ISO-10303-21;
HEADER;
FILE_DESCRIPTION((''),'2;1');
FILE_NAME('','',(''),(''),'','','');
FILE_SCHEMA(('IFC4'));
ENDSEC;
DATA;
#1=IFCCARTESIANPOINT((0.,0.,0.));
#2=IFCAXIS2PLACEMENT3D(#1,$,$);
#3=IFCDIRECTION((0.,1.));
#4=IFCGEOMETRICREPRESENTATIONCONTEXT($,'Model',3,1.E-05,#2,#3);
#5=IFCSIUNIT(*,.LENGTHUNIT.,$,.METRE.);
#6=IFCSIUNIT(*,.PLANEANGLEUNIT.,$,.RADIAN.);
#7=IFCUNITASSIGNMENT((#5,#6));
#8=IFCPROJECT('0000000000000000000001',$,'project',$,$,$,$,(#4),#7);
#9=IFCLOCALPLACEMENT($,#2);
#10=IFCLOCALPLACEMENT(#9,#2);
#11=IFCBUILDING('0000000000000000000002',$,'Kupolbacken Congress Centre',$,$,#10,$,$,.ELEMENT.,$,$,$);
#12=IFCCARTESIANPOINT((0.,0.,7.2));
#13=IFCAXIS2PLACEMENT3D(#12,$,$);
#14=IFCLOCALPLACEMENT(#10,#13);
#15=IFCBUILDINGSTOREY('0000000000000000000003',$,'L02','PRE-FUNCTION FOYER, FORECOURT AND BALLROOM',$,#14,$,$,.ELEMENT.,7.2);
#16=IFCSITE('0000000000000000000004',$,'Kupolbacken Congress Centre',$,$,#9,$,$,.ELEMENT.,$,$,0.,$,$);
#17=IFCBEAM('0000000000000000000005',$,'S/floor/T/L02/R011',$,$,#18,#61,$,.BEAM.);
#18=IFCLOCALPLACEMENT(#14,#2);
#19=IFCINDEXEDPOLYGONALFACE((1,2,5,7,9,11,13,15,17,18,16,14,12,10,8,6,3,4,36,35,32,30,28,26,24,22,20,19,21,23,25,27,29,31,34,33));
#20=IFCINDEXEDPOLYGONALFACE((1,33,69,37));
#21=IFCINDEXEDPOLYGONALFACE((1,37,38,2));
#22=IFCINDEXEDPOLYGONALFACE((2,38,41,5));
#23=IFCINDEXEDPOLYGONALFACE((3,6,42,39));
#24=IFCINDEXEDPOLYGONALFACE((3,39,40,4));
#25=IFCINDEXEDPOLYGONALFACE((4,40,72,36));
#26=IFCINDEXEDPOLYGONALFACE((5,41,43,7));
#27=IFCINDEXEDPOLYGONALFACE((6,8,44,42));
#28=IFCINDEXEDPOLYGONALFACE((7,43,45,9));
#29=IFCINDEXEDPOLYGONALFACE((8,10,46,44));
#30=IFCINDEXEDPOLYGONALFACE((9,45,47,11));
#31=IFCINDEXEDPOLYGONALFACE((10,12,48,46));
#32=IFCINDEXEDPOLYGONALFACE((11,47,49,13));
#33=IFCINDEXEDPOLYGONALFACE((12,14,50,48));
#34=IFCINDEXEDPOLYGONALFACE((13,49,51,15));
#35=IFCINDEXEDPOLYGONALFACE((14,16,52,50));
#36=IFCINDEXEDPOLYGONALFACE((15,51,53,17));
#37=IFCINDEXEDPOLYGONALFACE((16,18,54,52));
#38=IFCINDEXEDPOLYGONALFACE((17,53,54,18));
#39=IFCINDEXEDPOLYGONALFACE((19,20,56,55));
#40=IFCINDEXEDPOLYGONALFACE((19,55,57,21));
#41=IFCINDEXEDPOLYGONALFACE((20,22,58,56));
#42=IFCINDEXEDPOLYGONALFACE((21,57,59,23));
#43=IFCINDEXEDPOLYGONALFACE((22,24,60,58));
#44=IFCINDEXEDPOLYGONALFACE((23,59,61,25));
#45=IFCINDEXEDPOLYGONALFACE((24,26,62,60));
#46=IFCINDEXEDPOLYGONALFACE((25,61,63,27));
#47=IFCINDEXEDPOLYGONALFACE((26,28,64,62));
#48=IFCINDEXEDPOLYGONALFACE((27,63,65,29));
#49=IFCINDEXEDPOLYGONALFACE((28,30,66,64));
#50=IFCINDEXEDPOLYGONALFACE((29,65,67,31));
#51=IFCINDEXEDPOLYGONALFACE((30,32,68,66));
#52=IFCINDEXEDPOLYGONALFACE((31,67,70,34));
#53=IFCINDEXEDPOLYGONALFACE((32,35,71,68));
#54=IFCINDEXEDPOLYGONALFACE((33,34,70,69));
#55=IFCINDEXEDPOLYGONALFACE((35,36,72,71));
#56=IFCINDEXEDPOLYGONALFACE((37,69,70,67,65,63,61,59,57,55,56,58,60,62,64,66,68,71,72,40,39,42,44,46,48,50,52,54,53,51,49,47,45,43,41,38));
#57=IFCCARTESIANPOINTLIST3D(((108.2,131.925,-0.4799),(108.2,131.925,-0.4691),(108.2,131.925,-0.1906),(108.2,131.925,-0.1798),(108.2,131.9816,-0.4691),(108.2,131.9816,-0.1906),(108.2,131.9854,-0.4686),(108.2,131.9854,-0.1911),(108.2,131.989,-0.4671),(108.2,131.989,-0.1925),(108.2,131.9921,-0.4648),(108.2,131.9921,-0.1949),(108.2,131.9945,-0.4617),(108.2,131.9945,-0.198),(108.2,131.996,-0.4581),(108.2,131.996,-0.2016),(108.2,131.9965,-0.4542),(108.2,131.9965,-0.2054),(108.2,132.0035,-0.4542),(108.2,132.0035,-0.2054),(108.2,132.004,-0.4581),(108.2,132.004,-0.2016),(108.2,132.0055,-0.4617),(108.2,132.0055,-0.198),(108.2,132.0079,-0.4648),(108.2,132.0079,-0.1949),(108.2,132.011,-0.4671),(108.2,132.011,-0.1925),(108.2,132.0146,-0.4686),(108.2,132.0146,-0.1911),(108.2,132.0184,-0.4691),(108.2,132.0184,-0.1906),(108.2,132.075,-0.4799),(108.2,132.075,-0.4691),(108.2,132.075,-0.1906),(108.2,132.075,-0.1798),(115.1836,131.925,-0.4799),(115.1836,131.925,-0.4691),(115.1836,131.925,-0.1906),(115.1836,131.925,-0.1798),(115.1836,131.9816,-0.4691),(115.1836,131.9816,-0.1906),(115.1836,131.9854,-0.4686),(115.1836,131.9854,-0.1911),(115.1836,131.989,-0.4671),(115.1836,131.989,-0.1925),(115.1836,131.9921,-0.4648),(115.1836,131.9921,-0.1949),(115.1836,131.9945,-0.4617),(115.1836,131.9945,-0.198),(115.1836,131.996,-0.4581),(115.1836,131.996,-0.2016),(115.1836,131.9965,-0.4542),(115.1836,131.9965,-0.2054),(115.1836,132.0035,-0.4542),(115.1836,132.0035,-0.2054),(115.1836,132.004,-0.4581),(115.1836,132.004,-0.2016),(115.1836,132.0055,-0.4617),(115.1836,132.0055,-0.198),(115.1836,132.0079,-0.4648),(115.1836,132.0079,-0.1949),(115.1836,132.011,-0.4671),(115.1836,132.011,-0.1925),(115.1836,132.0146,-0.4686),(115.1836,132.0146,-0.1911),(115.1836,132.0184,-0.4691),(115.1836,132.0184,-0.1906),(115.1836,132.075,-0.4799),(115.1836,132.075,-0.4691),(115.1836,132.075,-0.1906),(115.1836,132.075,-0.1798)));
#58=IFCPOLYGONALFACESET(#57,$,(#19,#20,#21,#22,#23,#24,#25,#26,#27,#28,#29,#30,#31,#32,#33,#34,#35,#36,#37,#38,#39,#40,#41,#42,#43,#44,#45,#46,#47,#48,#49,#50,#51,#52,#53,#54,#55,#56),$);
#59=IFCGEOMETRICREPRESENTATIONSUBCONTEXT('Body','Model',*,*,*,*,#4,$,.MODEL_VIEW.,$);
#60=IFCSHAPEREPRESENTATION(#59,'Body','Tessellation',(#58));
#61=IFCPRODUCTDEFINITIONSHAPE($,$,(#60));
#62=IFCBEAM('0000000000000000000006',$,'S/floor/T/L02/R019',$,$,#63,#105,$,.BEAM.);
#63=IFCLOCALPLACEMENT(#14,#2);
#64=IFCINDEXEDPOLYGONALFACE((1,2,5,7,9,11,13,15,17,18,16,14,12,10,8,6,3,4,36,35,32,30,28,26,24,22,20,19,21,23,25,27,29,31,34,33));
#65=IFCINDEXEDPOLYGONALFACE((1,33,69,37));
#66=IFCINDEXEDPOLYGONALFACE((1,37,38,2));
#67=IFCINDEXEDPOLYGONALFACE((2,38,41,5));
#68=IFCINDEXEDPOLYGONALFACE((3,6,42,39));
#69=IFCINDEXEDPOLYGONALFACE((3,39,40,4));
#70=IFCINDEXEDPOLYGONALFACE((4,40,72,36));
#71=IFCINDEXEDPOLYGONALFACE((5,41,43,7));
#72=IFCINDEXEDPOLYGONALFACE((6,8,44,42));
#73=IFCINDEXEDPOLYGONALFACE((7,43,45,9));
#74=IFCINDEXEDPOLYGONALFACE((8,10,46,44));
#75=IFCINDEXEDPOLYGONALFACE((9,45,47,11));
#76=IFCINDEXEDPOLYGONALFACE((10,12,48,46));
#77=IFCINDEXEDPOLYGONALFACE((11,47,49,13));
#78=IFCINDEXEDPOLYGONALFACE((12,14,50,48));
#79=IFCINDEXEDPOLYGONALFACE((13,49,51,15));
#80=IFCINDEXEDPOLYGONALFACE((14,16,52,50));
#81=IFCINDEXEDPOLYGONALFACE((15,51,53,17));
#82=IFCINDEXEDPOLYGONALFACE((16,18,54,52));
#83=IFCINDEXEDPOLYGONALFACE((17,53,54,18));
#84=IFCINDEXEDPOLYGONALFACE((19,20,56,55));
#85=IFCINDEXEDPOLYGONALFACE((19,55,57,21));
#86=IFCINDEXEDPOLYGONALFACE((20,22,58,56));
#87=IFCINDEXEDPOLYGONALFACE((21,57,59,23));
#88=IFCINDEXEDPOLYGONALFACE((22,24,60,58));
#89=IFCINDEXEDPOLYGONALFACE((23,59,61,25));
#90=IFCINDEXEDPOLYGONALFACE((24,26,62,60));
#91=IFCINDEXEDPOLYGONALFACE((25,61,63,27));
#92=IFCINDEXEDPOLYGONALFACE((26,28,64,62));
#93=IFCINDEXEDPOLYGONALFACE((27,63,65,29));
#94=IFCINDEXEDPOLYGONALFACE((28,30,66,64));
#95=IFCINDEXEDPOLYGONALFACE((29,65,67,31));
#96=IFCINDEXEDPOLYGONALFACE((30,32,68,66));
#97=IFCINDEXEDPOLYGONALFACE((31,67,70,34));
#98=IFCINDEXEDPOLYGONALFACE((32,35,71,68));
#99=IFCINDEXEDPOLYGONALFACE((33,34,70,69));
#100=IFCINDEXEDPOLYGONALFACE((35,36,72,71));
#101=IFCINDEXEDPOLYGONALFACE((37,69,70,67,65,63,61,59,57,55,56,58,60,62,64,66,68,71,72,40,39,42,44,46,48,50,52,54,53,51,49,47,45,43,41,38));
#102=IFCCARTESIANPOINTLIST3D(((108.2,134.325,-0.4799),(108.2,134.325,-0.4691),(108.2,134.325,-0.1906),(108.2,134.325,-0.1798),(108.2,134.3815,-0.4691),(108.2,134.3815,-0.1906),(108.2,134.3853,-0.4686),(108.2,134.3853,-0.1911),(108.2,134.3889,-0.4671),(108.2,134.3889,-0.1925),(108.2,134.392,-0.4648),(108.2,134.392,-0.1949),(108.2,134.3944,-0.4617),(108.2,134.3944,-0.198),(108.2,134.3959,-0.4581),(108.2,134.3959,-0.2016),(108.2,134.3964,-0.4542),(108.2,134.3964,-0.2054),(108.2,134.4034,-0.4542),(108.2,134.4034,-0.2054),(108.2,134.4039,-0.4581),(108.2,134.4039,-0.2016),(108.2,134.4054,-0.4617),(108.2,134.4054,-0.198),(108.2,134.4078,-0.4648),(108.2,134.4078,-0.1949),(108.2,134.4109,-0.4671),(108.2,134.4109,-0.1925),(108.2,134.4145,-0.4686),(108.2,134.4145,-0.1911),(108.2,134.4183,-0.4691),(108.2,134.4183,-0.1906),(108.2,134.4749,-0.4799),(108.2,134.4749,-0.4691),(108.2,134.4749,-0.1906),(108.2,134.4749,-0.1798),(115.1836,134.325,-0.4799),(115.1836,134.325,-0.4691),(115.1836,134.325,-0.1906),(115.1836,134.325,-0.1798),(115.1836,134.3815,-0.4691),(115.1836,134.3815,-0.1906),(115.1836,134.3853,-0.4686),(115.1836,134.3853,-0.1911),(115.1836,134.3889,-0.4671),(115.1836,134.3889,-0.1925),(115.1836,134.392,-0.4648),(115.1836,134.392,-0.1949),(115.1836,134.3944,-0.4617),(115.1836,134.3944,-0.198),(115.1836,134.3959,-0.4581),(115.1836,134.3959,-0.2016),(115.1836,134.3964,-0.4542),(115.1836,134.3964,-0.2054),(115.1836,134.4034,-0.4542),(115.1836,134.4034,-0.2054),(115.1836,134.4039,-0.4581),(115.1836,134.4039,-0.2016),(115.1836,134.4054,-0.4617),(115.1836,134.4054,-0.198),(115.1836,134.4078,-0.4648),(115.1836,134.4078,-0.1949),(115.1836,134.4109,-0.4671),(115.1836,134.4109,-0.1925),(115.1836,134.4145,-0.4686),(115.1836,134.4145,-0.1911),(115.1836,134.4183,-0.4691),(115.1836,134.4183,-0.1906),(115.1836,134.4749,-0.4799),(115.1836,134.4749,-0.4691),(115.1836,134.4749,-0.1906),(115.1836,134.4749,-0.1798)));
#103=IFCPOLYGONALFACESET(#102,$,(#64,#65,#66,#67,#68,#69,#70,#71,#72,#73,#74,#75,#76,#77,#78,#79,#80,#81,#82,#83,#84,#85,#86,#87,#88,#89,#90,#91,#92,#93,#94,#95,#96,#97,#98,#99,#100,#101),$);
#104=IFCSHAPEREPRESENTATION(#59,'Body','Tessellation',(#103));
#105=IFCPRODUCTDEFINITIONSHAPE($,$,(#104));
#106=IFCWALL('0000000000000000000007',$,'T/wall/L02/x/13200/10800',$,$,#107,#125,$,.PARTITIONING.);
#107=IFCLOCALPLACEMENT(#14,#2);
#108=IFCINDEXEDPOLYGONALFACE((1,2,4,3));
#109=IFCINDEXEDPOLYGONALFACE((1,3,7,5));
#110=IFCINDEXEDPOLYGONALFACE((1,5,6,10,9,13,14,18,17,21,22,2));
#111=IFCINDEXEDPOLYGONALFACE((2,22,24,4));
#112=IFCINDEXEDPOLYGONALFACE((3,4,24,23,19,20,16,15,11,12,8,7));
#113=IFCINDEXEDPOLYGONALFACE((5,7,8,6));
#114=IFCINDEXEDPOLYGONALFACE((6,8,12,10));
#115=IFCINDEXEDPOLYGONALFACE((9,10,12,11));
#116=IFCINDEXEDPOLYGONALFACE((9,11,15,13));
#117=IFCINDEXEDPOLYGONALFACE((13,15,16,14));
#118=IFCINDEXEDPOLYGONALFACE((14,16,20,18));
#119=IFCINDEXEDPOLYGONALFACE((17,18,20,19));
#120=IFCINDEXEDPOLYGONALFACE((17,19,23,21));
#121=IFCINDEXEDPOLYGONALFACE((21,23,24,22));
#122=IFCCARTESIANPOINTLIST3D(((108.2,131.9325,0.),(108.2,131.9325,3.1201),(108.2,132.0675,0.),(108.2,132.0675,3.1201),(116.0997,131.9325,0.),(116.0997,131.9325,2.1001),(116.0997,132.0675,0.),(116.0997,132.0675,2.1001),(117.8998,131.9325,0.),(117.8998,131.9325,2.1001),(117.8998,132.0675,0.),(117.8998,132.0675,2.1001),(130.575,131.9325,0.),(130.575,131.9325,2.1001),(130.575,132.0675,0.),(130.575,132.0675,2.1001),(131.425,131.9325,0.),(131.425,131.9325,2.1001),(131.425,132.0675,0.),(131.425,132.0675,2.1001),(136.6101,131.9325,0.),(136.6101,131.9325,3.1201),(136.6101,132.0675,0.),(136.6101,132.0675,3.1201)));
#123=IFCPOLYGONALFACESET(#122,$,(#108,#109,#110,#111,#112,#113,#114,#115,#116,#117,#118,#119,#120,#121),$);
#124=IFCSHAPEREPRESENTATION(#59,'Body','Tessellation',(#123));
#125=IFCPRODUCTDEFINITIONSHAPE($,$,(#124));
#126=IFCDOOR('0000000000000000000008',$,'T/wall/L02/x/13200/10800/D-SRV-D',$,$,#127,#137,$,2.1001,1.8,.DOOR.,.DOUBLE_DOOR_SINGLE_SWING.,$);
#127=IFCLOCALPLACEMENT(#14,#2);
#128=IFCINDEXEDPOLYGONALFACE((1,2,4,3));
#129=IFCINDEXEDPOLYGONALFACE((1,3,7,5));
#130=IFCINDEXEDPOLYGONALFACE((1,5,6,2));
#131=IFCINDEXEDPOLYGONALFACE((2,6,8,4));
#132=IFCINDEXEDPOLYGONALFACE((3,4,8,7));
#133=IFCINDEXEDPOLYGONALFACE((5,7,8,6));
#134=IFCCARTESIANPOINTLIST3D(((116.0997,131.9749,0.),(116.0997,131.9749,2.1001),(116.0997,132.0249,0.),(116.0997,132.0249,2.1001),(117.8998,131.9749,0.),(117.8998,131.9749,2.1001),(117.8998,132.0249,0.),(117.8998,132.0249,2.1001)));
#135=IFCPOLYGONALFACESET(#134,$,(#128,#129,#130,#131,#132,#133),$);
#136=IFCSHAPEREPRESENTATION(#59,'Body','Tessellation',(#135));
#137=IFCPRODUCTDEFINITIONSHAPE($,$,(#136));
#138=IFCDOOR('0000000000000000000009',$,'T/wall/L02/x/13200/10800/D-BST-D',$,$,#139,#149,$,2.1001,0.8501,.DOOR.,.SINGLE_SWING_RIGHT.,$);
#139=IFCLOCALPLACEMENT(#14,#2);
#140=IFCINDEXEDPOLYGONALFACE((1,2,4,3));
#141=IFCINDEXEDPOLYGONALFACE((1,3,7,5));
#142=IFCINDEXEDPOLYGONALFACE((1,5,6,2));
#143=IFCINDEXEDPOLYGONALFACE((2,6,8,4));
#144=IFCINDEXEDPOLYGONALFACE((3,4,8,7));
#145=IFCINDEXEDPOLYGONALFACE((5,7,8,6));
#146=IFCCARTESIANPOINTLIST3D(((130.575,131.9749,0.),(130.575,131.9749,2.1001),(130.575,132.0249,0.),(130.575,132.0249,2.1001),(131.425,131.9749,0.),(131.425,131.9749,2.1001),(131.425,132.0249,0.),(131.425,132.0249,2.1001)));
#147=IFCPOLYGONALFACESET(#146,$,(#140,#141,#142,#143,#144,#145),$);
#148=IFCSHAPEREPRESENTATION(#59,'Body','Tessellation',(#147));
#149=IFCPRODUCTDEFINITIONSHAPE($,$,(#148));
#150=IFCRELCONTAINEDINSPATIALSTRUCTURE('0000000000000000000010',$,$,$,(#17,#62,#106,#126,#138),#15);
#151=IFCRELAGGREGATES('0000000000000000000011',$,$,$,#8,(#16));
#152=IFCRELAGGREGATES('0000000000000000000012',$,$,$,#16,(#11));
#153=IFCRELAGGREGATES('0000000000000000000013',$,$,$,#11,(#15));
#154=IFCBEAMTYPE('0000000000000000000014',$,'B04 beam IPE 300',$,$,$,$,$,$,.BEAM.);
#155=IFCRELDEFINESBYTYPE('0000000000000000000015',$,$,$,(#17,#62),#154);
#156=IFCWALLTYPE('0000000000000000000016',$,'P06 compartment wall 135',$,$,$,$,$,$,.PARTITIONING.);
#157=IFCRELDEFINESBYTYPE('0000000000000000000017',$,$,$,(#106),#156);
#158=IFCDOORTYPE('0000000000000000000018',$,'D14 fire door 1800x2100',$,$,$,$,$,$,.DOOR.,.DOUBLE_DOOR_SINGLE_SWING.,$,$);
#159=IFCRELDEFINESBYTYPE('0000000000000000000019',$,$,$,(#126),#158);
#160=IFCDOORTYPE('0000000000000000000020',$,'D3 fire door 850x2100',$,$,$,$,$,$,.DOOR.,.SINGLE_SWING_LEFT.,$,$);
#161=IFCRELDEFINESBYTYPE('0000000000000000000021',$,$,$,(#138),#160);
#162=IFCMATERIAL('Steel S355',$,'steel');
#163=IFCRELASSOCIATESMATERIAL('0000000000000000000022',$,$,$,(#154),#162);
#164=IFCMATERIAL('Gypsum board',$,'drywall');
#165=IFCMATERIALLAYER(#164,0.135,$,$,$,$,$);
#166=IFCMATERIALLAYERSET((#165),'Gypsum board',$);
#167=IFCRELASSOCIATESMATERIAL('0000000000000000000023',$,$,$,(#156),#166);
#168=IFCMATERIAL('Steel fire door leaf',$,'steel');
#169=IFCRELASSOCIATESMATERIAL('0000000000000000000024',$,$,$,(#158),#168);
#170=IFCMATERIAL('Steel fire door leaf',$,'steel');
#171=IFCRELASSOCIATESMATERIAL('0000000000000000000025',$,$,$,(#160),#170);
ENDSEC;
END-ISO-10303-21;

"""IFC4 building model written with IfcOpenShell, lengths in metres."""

from ifc_helpers import new_model, si_unit, direction, frame, frame_2d, origin, origin_2d, place, context, subcontext, project, spatial, rectangle, i_section, extrude, material, layer, layer_set, material_profile, profile_set, type_object, element, fill, save


model = new_model("IFC4")

# Units and contexts
model_context = context("Model", 3, precision=1e-05, world=origin(), true_north=direction((0.0, 1.0)))
body_context = subcontext(model_context, "Body", "Model", "MODEL_VIEW")
ifc_project = project(units=[si_unit("LENGTHUNIT", "METRE"), si_unit("PLANEANGLEUNIT", "RADIAN")], contexts=[model_context])

# Site, building, storey
site_placement = place(None, origin())
site = spatial("IfcSite", under=ifc_project, at=site_placement, Name="Kupolbacken Congress Centre", CompositionType="ELEMENT", RefElevation=0.0)
building_placement = place(site_placement, origin())
building = spatial("IfcBuilding", under=site, at=building_placement, Name="Kupolbacken Congress Centre", CompositionType="ELEMENT")
storey_placement = place(building_placement, frame((0.0, 0.0, 7.2)))
storey = spatial("IfcBuildingStorey", under=building, at=storey_placement, Name="L02", Description="PRE-FUNCTION FOYER, FORECOURT AND BALLROOM", CompositionType="ELEMENT", Elevation=7.2)

# Beams
ifc_material_1 = material(Name="Steel S355", Category="steel")
ifc_material_profile_1 = material_profile(ifc_material_1, i_section(OverallWidth=0.1499, OverallDepth=0.3, WebThickness=0.0071, FlangeThickness=0.0107, FilletRadius=0.0149, at=origin_2d()), Name="IPE 300")
ifc_profile_set_1 = profile_set([ifc_material_profile_1], Name="Steel S355")
beam_type_1 = type_object("IfcBeamType", Name="B04 beam IPE 300", PredefinedType="BEAM", material=ifc_profile_set_1)
for number, where, z_axis, x_axis, name in (
    (1, (108.2, 132.0, -0.3298), (1.0, 0.0, 0.0), (0.0, 1.0, 0.0), "S/floor/T/L02/R011"),
    (2, (108.2, 134.3999, -0.3298), (1.0, 0.0, 0.0), (0.0, 1.0, 0.0), "S/floor/T/L02/R019"),
):
    element("IfcBeam", number, at=place(storey_placement, frame(where, z_axis=z_axis, x_axis=x_axis)), inside=storey, type_object=beam_type_1, Name=name, PredefinedType="BEAM", context=body_context, shape_type="SweptSolid", body=[
        extrude(i_section(OverallWidth=0.1499, OverallDepth=0.3, WebThickness=0.0071, FlangeThickness=0.0107, FilletRadius=0.0149, at=origin_2d()), origin(), (0.0, 0.0, 1.0), 6.9836),
    ])

# Wall, openings, doors
ifc_material_2 = material(Name="Gypsum board", Category="drywall")
ifc_layer_1 = layer(ifc_material_2, 0.135)
ifc_layer_set_1 = layer_set([ifc_layer_1], Name="Gypsum board")
wall_type_1 = type_object("IfcWallType", Name="P06 compartment wall 135", PredefinedType="PARTITIONING", material=ifc_layer_set_1)
wall_1_placement = place(storey_placement, frame((108.2, 132.0, 0.0), z_axis=(0.0, 0.0, 1.0), x_axis=(1.0, 0.0, 0.0)))
wall_1 = element("IfcWall", 3, at=wall_1_placement, inside=storey, type_object=wall_type_1, Name="T/wall/L02/x/13200/10800", PredefinedType="PARTITIONING", context=body_context, shape_type="SweptSolid", body=[
    extrude(rectangle(XDim=28.4102, YDim=0.135, at=frame_2d((14.2051, 0.0))), origin(), (0.0, 0.0, 1.0), 3.1201),
])
opening_1_placement = place(wall_1_placement, frame((7.8999, 0.0, 0.0)))
opening_1 = element("IfcOpeningElement", 4, at=opening_1_placement, cuts=wall_1, PredefinedType="OPENING", context=body_context, shape_type="SweptSolid", body=[
    extrude(rectangle(XDim=1.8, YDim=2.1001, at=frame_2d((0.8999, 1.05))), frame((0.0, 0.0774, 0.0), z_axis=(0.0, -1.0, 0.0), x_axis=(1.0, 0.0, 0.0)), (0.0, 0.0, 1.0), 0.155),
])
opening_2_placement = place(wall_1_placement, frame((22.375, 0.0, 0.0)))
opening_2 = element("IfcOpeningElement", 5, at=opening_2_placement, cuts=wall_1, PredefinedType="OPENING", context=body_context, shape_type="SweptSolid", body=[
    extrude(rectangle(XDim=0.8501, YDim=2.1001, at=frame_2d((0.425, 1.05))), frame((0.0, 0.0774, 0.0), z_axis=(0.0, -1.0, 0.0), x_axis=(1.0, 0.0, 0.0)), (0.0, 0.0, 1.0), 0.155),
])
ifc_material_3 = material(Name="Steel fire door leaf", Category="steel")
door_type_1 = type_object("IfcDoorType", Name="D14 fire door 1800x2100", OperationType="DOUBLE_DOOR_SINGLE_SWING", PredefinedType="DOOR", material=ifc_material_3)
door_1_placement = place(opening_1_placement, origin())
door_1 = element("IfcDoor", 6, at=door_1_placement, inside=storey, type_object=door_type_1, Name="T/wall/L02/x/13200/10800/D-SRV-D", OperationType="DOUBLE_DOOR_SINGLE_SWING", OverallHeight=2.1001, OverallWidth=1.8, PredefinedType="DOOR", context=body_context, shape_type="SweptSolid", body=[
    extrude(rectangle(XDim=1.8, YDim=2.1001, at=frame_2d((0.8999, 1.05))), frame((0.0, 0.0249, 0.0), z_axis=(0.0, -1.0, 0.0), x_axis=(1.0, 0.0, 0.0)), (0.0, 0.0, 1.0), 0.05),
])
fill(opening_1, door_1)
ifc_material_4 = material(Name="Steel fire door leaf", Category="steel")
door_type_2 = type_object("IfcDoorType", Name="D3 fire door 850x2100", OperationType="SINGLE_SWING_LEFT", PredefinedType="DOOR", material=ifc_material_4)
door_2_placement = place(opening_2_placement, origin())
door_2 = element("IfcDoor", 7, at=door_2_placement, inside=storey, type_object=door_type_2, Name="T/wall/L02/x/13200/10800/D-BST-D", OperationType="SINGLE_SWING_RIGHT", OverallHeight=2.1001, OverallWidth=0.8501, PredefinedType="DOOR", context=body_context, shape_type="SweptSolid", body=[
    extrude(rectangle(XDim=0.8501, YDim=2.1001, at=frame_2d((0.425, 1.05))), frame((0.0, 0.0249, 0.0), z_axis=(0.0, -1.0, 0.0), x_axis=(1.0, 0.0, 0.0)), (0.0, 0.0, 1.0), 0.05),
])
fill(opening_2, door_2)

save(model, "model.ifc")
